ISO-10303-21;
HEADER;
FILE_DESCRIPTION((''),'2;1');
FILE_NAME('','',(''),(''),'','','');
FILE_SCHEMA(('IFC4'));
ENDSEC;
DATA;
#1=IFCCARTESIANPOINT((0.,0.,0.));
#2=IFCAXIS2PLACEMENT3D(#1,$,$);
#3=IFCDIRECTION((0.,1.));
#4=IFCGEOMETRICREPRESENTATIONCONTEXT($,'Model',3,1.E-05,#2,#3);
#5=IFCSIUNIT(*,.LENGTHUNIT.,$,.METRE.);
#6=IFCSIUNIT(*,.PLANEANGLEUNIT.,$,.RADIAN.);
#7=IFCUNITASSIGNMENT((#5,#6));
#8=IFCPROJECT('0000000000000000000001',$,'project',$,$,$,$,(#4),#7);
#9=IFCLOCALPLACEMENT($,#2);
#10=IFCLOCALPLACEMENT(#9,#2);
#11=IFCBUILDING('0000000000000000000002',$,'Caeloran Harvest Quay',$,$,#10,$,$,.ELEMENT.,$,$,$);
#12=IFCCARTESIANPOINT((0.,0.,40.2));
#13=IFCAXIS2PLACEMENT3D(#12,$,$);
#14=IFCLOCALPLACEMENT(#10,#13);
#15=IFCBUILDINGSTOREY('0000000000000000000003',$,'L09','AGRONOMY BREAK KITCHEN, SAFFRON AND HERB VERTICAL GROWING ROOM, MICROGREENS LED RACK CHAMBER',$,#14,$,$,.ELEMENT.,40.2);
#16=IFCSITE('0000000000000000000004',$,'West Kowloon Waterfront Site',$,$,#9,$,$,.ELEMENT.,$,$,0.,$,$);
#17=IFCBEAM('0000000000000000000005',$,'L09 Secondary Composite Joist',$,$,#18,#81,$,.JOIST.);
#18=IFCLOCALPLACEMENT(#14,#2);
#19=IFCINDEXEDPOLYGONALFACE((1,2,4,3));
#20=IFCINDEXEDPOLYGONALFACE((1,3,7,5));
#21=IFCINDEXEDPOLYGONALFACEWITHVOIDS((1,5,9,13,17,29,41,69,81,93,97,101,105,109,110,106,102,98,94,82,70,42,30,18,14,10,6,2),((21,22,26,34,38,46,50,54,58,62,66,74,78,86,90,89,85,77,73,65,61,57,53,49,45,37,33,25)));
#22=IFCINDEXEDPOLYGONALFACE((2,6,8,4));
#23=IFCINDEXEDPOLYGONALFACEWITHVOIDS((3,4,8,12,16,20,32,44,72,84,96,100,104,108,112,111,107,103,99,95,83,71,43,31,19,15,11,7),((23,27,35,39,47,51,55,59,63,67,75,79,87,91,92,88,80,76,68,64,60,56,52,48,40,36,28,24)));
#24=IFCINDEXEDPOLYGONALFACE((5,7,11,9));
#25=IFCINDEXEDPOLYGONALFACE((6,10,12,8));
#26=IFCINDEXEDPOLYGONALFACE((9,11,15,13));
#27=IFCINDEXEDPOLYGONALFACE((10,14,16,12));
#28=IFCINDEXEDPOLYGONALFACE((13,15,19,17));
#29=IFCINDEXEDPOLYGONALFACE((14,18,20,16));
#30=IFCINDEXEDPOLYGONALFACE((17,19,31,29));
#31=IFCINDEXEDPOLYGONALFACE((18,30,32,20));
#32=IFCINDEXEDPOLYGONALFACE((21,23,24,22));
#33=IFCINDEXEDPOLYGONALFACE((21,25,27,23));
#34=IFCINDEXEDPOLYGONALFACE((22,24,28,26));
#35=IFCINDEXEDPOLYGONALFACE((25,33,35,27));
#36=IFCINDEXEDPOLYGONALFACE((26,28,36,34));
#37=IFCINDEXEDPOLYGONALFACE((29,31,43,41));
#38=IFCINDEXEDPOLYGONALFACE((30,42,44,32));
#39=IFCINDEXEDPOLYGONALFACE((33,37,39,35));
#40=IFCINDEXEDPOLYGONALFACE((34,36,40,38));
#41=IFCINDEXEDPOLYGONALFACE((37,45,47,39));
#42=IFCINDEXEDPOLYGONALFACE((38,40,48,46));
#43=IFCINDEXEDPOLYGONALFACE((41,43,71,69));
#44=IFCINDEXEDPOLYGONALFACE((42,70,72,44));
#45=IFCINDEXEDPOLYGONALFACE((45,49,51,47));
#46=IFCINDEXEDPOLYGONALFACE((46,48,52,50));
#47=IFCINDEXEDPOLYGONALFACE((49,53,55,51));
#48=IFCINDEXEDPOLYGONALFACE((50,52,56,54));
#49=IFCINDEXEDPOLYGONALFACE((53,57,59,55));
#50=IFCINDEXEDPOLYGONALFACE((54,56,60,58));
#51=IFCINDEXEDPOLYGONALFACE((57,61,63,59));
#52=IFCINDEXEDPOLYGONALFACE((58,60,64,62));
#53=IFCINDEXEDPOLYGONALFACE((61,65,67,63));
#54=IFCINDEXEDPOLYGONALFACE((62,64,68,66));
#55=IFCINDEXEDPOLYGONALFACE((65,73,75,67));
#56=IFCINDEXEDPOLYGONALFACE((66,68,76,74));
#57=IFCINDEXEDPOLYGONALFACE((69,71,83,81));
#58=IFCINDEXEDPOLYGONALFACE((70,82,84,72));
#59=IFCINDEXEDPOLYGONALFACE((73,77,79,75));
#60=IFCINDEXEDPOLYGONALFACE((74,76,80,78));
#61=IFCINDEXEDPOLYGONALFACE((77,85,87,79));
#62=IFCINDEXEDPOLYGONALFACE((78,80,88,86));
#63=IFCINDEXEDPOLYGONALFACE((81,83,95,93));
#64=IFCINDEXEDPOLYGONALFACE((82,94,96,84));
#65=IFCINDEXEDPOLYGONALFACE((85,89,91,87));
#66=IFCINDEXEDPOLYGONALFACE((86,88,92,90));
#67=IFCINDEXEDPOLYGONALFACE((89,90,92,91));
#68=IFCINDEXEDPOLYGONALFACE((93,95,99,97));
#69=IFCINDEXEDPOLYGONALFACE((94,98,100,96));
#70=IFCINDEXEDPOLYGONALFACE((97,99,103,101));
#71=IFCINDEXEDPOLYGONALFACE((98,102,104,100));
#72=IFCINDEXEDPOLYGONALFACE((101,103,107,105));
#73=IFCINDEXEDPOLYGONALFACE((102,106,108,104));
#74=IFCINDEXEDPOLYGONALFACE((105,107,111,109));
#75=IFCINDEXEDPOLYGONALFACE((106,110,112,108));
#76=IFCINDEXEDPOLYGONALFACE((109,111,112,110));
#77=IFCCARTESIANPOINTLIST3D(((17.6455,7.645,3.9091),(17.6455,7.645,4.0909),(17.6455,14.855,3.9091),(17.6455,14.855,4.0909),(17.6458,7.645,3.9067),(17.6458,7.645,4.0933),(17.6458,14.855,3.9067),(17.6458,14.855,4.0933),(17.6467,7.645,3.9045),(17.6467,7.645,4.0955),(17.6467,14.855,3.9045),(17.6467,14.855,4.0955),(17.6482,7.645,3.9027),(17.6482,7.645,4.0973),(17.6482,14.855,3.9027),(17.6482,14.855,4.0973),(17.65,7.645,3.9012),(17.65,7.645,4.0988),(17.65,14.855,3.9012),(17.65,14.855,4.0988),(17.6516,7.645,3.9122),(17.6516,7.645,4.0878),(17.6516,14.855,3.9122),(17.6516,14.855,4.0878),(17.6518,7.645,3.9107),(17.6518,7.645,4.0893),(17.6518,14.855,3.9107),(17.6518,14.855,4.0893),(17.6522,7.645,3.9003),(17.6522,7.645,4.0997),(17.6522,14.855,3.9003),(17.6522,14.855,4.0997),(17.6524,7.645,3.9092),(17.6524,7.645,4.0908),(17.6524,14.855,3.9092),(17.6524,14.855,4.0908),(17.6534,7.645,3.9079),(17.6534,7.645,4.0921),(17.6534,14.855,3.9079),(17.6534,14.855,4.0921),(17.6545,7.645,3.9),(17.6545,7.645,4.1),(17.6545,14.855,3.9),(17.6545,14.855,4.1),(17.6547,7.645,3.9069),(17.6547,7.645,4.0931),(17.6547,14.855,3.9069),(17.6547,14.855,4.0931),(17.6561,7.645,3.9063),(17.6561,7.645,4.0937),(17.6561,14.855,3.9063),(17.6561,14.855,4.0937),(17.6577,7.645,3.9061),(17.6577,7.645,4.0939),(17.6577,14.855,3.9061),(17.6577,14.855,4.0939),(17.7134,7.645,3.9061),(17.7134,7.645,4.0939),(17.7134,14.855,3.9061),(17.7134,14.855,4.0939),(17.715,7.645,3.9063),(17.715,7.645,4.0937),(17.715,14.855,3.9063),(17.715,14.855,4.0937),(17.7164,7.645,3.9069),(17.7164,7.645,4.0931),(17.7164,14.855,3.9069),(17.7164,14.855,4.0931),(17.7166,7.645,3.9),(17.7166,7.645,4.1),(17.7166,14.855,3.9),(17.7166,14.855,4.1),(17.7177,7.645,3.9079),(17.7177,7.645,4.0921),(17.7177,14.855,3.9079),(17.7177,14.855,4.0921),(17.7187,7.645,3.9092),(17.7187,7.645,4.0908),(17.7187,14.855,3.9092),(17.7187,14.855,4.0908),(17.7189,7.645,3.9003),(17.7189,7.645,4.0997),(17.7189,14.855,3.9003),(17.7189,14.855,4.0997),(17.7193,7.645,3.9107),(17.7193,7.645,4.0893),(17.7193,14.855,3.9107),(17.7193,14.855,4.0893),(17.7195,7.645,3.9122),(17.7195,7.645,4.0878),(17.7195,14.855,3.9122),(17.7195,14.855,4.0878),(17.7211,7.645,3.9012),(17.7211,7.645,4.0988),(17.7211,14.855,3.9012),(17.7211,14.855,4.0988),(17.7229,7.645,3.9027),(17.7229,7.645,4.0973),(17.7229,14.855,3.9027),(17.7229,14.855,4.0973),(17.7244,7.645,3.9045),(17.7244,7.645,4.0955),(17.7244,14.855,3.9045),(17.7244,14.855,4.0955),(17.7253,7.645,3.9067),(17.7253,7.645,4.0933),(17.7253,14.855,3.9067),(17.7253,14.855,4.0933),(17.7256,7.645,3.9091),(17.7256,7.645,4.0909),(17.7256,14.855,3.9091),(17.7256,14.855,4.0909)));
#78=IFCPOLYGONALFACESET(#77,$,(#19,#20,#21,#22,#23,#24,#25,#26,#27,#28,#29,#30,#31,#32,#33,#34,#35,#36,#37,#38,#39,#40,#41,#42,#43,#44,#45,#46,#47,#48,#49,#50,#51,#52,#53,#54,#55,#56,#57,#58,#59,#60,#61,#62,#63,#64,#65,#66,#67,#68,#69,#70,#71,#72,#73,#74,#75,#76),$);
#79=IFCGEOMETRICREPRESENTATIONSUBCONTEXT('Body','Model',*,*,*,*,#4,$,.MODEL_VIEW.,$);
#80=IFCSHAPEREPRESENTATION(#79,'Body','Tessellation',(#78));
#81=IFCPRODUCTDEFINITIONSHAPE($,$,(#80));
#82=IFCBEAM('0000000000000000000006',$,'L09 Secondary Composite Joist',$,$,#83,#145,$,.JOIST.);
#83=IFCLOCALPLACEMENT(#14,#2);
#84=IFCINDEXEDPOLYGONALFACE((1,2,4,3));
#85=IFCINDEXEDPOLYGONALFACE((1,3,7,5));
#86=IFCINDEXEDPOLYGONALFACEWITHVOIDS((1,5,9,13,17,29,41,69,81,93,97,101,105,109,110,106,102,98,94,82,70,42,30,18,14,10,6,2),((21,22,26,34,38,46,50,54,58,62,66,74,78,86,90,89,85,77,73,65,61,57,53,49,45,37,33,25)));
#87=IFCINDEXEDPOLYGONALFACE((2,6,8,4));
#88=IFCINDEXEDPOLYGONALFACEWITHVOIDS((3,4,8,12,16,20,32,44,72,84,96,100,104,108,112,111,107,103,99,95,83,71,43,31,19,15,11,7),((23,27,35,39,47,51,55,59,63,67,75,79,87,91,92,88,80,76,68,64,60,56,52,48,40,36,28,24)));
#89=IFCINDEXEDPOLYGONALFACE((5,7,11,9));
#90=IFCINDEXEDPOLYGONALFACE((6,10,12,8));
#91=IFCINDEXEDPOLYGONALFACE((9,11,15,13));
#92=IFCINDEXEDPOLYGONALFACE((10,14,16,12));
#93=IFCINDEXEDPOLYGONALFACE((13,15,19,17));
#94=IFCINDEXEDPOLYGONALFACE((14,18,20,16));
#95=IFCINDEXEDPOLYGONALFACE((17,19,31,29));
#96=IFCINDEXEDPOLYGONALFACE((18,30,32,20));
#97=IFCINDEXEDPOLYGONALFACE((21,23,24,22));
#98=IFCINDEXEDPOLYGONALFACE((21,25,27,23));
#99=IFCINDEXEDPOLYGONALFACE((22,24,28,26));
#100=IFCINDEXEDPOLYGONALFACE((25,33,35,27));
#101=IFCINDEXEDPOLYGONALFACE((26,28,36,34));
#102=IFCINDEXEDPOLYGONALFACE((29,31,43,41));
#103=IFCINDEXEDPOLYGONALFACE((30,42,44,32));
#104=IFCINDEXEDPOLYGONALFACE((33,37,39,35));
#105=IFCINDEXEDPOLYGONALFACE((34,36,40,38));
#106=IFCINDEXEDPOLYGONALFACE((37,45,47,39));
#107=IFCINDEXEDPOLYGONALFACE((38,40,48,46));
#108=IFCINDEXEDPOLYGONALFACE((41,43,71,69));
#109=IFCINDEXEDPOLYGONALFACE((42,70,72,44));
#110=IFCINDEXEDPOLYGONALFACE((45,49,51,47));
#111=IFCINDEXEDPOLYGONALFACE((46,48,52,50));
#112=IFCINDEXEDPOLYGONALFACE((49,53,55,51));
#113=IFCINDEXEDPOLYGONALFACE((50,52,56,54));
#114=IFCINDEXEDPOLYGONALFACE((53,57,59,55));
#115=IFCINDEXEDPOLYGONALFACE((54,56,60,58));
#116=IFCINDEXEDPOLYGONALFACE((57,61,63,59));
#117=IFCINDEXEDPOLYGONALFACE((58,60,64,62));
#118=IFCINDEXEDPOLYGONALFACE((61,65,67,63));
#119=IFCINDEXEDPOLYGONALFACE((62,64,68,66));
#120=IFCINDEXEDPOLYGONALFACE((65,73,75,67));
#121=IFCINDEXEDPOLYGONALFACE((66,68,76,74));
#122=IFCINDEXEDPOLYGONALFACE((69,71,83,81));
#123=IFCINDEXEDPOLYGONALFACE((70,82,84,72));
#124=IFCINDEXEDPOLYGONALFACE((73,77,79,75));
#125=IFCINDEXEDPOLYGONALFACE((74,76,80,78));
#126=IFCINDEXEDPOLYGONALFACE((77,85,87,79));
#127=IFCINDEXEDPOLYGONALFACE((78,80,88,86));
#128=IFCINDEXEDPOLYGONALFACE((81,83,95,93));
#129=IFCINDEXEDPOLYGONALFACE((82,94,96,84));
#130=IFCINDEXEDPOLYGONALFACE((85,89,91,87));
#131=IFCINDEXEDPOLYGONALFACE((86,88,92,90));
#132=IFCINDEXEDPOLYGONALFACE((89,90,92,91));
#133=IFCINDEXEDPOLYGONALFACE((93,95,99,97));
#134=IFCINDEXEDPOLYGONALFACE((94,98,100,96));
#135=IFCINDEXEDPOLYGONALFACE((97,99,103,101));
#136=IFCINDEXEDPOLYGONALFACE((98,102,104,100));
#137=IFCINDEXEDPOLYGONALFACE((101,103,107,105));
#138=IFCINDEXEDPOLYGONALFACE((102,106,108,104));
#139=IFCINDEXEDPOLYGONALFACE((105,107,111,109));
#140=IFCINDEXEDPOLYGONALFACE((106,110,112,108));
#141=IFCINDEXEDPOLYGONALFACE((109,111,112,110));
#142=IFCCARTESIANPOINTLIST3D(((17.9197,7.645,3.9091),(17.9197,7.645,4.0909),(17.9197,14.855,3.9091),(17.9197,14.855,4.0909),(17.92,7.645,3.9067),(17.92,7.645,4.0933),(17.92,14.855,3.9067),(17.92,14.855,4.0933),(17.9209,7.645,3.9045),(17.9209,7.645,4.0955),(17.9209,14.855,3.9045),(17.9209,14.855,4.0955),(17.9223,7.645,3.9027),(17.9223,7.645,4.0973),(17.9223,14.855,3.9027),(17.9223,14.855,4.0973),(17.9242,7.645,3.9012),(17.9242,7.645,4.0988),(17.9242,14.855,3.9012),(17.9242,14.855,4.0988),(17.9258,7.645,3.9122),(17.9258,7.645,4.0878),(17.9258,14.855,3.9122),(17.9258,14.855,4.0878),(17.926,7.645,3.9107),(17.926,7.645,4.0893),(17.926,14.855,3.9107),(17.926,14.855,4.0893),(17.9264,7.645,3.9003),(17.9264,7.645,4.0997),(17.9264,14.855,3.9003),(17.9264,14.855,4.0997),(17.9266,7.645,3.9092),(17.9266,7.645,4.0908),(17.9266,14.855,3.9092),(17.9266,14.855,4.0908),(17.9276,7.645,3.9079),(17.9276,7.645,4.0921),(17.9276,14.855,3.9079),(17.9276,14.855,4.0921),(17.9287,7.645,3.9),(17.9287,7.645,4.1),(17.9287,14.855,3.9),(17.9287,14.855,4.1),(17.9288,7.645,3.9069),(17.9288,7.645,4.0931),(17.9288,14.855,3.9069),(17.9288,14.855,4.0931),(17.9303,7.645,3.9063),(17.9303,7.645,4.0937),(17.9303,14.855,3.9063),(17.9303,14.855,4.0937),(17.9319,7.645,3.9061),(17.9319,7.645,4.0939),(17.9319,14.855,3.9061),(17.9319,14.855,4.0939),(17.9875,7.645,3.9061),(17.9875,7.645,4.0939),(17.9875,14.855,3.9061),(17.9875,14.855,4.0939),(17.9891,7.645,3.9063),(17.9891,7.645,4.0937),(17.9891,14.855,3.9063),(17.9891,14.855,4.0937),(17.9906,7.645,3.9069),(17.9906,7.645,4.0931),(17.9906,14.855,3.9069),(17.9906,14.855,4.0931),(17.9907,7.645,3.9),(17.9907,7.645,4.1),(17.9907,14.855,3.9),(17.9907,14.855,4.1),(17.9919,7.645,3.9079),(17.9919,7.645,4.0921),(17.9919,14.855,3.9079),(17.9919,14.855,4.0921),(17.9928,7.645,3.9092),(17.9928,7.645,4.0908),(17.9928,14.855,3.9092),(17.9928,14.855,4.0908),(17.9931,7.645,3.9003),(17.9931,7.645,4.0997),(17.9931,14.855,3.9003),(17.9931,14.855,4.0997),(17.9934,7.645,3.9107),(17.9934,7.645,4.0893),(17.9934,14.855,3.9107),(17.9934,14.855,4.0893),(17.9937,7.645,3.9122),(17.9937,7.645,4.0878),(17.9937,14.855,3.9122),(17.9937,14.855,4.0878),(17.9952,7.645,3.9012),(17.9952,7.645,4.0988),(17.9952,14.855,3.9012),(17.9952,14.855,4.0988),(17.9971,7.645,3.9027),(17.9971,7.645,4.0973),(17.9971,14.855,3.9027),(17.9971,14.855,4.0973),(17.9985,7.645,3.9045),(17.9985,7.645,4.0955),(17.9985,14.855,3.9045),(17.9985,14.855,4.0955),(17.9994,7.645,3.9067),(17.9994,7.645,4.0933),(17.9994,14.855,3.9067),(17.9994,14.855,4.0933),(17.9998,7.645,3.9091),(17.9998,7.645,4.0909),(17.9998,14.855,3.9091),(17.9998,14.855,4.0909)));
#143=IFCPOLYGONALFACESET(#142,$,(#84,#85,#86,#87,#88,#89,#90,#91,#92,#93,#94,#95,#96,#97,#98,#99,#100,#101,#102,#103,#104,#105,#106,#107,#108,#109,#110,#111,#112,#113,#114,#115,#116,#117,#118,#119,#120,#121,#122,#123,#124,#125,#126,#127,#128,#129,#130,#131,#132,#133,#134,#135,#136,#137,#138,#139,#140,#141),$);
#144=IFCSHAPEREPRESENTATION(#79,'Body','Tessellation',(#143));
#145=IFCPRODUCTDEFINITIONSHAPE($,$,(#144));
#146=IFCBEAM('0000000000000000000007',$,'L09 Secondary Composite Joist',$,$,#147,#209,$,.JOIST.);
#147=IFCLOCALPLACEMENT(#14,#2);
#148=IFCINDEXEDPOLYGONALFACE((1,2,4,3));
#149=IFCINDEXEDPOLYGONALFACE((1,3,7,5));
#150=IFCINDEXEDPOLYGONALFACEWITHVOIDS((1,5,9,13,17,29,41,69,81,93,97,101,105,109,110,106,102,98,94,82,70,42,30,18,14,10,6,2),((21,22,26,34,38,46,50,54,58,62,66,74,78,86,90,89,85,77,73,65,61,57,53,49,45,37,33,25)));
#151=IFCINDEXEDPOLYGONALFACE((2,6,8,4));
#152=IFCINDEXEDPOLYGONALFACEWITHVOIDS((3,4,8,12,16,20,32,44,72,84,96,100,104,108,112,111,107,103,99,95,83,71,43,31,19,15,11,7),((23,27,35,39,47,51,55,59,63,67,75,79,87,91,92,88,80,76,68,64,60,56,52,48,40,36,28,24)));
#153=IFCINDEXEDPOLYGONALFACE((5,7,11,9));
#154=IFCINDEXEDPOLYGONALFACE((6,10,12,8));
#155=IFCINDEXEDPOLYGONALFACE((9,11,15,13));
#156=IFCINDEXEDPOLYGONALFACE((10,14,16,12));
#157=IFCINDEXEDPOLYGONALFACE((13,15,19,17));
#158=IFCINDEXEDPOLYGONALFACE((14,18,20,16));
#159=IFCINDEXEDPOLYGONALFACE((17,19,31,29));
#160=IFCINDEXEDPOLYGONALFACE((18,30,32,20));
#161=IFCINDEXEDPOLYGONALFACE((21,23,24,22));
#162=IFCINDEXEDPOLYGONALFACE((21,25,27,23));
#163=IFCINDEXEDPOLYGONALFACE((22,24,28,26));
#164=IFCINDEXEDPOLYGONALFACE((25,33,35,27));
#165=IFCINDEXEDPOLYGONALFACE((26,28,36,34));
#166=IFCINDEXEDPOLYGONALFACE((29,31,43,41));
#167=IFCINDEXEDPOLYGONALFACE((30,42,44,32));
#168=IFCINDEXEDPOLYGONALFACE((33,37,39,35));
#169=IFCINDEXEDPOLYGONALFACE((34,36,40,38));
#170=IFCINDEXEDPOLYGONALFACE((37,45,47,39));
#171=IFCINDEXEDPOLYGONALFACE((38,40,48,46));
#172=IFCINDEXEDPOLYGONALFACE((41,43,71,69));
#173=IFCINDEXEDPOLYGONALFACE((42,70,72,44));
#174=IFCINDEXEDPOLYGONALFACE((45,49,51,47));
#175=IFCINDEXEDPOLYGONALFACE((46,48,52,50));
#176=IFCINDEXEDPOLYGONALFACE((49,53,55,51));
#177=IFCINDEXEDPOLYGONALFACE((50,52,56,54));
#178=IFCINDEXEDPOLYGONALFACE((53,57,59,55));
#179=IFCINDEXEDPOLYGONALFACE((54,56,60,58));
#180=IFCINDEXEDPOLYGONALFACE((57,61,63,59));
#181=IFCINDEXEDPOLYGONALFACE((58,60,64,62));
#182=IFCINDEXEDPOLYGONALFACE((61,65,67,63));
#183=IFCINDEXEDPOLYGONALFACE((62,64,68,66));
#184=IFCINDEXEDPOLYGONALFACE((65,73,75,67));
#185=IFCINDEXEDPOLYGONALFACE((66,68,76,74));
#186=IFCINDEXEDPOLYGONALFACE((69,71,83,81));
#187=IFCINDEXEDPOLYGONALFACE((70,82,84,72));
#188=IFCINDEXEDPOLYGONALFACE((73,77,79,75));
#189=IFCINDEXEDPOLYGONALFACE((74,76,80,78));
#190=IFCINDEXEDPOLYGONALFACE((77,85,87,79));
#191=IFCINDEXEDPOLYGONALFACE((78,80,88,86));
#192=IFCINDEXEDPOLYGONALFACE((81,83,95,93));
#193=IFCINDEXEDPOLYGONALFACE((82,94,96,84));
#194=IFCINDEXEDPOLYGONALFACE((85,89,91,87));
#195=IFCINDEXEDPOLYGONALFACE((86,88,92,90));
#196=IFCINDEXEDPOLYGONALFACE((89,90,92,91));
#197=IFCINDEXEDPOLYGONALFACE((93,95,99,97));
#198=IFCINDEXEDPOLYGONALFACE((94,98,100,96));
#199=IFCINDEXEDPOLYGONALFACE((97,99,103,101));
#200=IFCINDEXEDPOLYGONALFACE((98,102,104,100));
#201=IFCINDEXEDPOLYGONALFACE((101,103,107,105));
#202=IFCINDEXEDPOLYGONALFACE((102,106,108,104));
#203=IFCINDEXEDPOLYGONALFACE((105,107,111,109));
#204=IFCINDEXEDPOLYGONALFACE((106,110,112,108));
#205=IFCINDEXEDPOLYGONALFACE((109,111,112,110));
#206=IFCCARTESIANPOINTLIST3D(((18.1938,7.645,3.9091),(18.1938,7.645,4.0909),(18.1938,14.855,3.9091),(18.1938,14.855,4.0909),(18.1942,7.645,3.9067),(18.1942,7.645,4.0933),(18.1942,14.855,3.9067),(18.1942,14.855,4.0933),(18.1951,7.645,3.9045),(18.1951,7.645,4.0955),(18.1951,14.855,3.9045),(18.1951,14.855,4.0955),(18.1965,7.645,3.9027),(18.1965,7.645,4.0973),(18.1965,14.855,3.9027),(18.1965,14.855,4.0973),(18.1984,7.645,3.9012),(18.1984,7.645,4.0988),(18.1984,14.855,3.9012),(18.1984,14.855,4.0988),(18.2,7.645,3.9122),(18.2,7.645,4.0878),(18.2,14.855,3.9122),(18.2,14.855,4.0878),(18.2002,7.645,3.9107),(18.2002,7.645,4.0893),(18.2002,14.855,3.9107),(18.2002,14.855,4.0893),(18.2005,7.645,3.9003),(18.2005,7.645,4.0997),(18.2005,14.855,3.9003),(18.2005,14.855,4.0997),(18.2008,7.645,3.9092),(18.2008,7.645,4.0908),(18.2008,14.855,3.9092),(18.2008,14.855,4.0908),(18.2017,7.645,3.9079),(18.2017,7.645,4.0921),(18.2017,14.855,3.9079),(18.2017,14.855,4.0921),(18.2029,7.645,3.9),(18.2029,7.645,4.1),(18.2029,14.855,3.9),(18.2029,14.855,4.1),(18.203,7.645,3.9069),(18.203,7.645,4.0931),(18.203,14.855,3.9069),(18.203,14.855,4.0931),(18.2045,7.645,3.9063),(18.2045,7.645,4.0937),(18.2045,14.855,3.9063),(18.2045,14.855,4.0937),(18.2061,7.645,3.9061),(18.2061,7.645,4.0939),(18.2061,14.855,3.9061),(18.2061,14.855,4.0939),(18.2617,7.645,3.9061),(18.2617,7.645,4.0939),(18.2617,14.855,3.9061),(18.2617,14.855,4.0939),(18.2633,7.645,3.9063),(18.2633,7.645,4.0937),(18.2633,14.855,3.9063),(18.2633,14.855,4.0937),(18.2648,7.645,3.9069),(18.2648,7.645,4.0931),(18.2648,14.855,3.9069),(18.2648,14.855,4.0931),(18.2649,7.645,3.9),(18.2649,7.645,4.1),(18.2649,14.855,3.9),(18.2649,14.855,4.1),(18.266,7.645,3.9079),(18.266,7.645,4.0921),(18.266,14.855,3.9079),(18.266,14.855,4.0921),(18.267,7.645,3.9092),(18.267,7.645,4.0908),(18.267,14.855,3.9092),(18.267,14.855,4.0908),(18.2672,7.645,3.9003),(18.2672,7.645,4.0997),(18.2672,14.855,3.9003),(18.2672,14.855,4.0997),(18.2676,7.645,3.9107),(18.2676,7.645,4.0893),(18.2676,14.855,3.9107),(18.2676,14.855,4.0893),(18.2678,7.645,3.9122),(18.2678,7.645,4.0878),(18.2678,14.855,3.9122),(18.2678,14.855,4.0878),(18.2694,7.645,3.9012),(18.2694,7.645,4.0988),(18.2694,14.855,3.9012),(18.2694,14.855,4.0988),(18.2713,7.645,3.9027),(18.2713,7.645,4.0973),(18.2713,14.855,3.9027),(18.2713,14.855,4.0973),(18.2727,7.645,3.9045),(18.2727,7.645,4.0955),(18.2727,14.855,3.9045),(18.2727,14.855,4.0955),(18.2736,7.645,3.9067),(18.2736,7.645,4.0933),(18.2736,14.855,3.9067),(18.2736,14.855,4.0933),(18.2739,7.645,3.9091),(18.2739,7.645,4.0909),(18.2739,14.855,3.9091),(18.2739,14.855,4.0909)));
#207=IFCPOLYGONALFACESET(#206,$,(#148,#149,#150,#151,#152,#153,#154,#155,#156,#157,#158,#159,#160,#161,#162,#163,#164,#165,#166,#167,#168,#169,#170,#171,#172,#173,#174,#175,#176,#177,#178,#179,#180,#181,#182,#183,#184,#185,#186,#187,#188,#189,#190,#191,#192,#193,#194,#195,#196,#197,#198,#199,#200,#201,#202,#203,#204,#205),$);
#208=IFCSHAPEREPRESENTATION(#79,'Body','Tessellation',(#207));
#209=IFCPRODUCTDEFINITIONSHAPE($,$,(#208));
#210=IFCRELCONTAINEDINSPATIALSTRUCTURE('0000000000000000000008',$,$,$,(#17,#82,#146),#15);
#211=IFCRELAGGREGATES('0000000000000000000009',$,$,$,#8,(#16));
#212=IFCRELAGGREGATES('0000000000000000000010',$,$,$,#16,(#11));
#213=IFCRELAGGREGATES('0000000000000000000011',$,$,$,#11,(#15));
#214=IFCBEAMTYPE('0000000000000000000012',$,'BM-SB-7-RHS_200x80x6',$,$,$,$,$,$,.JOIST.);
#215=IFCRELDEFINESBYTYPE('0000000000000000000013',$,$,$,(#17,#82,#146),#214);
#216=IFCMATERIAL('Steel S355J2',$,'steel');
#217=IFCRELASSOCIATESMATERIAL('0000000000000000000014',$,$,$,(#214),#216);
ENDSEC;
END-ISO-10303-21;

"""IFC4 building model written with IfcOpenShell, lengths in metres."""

from ifc_helpers import new_model, si_unit, direction, frame, origin, origin_2d, place, context, subcontext, project, spatial, hollow_rectangle, extrude, material, material_profile, profile_set, type_object, element, save


model = new_model("IFC4")

# Units and contexts
model_context = context("Model", 3, precision=1e-05, world=origin(), true_north=direction((0.0, 1.0)))
body_context = subcontext(model_context, "Body", "Model", "MODEL_VIEW")
ifc_project = project(units=[si_unit("LENGTHUNIT", "METRE"), si_unit("PLANEANGLEUNIT", "RADIAN")], contexts=[model_context])

# Site, building, storey
site_placement = place(None, origin())
site = spatial("IfcSite", under=ifc_project, at=site_placement, Name="West Kowloon Waterfront Site", CompositionType="ELEMENT", RefElevation=0.0)
building_placement = place(site_placement, origin())
building = spatial("IfcBuilding", under=site, at=building_placement, Name="Caeloran Harvest Quay", CompositionType="ELEMENT")
storey_placement = place(building_placement, frame((0.0, 0.0, 40.2)))
storey = spatial("IfcBuildingStorey", under=building, at=storey_placement, Name="L09", Description="AGRONOMY BREAK KITCHEN, SAFFRON AND HERB VERTICAL GROWING ROOM, MICROGREENS LED RACK CHAMBER", CompositionType="ELEMENT", Elevation=40.2)

# Beams
ifc_material_1 = material(Name="Steel S355J2", Category="steel")
ifc_material_profile_1 = material_profile(ifc_material_1, hollow_rectangle(XDim=0.0801, YDim=0.2, WallThickness=0.0061, InnerFilletRadius=0.0061, OuterFilletRadius=0.009, at=origin_2d()), Name="RHS 200x80x6")
ifc_profile_set_1 = profile_set([ifc_material_profile_1], Name="Steel S355J2")
beam_type_1 = type_object("IfcBeamType", Name="BM-SB-7-RHS_200x80x6", PredefinedType="JOIST", material=ifc_profile_set_1)
for number, where, z_axis, x_axis, name in (
    (1, (17.6855, 7.645, 4.0), (0.0, 1.0, 0.0), (-1.0, 0.0, 0.0), "L09 Secondary Composite Joist"),
    (2, (17.9597, 7.645, 4.0), (0.0, 1.0, 0.0), (-1.0, 0.0, 0.0), "L09 Secondary Composite Joist"),
    (3, (18.2339, 7.645, 4.0), (0.0, 1.0, 0.0), (-1.0, 0.0, 0.0), "L09 Secondary Composite Joist"),
):
    element("IfcBeam", number, at=place(storey_placement, frame(where, z_axis=z_axis, x_axis=x_axis)), inside=storey, type_object=beam_type_1, Name=name, PredefinedType="JOIST", context=body_context, shape_type="SweptSolid", body=[
        extrude(hollow_rectangle(XDim=0.0801, YDim=0.2, WallThickness=0.0061, InnerFilletRadius=0.0061, OuterFilletRadius=0.009, at=origin_2d()), origin(), (0.0, 0.0, 1.0), 7.21),
    ])

save(model, "model.ifc")
